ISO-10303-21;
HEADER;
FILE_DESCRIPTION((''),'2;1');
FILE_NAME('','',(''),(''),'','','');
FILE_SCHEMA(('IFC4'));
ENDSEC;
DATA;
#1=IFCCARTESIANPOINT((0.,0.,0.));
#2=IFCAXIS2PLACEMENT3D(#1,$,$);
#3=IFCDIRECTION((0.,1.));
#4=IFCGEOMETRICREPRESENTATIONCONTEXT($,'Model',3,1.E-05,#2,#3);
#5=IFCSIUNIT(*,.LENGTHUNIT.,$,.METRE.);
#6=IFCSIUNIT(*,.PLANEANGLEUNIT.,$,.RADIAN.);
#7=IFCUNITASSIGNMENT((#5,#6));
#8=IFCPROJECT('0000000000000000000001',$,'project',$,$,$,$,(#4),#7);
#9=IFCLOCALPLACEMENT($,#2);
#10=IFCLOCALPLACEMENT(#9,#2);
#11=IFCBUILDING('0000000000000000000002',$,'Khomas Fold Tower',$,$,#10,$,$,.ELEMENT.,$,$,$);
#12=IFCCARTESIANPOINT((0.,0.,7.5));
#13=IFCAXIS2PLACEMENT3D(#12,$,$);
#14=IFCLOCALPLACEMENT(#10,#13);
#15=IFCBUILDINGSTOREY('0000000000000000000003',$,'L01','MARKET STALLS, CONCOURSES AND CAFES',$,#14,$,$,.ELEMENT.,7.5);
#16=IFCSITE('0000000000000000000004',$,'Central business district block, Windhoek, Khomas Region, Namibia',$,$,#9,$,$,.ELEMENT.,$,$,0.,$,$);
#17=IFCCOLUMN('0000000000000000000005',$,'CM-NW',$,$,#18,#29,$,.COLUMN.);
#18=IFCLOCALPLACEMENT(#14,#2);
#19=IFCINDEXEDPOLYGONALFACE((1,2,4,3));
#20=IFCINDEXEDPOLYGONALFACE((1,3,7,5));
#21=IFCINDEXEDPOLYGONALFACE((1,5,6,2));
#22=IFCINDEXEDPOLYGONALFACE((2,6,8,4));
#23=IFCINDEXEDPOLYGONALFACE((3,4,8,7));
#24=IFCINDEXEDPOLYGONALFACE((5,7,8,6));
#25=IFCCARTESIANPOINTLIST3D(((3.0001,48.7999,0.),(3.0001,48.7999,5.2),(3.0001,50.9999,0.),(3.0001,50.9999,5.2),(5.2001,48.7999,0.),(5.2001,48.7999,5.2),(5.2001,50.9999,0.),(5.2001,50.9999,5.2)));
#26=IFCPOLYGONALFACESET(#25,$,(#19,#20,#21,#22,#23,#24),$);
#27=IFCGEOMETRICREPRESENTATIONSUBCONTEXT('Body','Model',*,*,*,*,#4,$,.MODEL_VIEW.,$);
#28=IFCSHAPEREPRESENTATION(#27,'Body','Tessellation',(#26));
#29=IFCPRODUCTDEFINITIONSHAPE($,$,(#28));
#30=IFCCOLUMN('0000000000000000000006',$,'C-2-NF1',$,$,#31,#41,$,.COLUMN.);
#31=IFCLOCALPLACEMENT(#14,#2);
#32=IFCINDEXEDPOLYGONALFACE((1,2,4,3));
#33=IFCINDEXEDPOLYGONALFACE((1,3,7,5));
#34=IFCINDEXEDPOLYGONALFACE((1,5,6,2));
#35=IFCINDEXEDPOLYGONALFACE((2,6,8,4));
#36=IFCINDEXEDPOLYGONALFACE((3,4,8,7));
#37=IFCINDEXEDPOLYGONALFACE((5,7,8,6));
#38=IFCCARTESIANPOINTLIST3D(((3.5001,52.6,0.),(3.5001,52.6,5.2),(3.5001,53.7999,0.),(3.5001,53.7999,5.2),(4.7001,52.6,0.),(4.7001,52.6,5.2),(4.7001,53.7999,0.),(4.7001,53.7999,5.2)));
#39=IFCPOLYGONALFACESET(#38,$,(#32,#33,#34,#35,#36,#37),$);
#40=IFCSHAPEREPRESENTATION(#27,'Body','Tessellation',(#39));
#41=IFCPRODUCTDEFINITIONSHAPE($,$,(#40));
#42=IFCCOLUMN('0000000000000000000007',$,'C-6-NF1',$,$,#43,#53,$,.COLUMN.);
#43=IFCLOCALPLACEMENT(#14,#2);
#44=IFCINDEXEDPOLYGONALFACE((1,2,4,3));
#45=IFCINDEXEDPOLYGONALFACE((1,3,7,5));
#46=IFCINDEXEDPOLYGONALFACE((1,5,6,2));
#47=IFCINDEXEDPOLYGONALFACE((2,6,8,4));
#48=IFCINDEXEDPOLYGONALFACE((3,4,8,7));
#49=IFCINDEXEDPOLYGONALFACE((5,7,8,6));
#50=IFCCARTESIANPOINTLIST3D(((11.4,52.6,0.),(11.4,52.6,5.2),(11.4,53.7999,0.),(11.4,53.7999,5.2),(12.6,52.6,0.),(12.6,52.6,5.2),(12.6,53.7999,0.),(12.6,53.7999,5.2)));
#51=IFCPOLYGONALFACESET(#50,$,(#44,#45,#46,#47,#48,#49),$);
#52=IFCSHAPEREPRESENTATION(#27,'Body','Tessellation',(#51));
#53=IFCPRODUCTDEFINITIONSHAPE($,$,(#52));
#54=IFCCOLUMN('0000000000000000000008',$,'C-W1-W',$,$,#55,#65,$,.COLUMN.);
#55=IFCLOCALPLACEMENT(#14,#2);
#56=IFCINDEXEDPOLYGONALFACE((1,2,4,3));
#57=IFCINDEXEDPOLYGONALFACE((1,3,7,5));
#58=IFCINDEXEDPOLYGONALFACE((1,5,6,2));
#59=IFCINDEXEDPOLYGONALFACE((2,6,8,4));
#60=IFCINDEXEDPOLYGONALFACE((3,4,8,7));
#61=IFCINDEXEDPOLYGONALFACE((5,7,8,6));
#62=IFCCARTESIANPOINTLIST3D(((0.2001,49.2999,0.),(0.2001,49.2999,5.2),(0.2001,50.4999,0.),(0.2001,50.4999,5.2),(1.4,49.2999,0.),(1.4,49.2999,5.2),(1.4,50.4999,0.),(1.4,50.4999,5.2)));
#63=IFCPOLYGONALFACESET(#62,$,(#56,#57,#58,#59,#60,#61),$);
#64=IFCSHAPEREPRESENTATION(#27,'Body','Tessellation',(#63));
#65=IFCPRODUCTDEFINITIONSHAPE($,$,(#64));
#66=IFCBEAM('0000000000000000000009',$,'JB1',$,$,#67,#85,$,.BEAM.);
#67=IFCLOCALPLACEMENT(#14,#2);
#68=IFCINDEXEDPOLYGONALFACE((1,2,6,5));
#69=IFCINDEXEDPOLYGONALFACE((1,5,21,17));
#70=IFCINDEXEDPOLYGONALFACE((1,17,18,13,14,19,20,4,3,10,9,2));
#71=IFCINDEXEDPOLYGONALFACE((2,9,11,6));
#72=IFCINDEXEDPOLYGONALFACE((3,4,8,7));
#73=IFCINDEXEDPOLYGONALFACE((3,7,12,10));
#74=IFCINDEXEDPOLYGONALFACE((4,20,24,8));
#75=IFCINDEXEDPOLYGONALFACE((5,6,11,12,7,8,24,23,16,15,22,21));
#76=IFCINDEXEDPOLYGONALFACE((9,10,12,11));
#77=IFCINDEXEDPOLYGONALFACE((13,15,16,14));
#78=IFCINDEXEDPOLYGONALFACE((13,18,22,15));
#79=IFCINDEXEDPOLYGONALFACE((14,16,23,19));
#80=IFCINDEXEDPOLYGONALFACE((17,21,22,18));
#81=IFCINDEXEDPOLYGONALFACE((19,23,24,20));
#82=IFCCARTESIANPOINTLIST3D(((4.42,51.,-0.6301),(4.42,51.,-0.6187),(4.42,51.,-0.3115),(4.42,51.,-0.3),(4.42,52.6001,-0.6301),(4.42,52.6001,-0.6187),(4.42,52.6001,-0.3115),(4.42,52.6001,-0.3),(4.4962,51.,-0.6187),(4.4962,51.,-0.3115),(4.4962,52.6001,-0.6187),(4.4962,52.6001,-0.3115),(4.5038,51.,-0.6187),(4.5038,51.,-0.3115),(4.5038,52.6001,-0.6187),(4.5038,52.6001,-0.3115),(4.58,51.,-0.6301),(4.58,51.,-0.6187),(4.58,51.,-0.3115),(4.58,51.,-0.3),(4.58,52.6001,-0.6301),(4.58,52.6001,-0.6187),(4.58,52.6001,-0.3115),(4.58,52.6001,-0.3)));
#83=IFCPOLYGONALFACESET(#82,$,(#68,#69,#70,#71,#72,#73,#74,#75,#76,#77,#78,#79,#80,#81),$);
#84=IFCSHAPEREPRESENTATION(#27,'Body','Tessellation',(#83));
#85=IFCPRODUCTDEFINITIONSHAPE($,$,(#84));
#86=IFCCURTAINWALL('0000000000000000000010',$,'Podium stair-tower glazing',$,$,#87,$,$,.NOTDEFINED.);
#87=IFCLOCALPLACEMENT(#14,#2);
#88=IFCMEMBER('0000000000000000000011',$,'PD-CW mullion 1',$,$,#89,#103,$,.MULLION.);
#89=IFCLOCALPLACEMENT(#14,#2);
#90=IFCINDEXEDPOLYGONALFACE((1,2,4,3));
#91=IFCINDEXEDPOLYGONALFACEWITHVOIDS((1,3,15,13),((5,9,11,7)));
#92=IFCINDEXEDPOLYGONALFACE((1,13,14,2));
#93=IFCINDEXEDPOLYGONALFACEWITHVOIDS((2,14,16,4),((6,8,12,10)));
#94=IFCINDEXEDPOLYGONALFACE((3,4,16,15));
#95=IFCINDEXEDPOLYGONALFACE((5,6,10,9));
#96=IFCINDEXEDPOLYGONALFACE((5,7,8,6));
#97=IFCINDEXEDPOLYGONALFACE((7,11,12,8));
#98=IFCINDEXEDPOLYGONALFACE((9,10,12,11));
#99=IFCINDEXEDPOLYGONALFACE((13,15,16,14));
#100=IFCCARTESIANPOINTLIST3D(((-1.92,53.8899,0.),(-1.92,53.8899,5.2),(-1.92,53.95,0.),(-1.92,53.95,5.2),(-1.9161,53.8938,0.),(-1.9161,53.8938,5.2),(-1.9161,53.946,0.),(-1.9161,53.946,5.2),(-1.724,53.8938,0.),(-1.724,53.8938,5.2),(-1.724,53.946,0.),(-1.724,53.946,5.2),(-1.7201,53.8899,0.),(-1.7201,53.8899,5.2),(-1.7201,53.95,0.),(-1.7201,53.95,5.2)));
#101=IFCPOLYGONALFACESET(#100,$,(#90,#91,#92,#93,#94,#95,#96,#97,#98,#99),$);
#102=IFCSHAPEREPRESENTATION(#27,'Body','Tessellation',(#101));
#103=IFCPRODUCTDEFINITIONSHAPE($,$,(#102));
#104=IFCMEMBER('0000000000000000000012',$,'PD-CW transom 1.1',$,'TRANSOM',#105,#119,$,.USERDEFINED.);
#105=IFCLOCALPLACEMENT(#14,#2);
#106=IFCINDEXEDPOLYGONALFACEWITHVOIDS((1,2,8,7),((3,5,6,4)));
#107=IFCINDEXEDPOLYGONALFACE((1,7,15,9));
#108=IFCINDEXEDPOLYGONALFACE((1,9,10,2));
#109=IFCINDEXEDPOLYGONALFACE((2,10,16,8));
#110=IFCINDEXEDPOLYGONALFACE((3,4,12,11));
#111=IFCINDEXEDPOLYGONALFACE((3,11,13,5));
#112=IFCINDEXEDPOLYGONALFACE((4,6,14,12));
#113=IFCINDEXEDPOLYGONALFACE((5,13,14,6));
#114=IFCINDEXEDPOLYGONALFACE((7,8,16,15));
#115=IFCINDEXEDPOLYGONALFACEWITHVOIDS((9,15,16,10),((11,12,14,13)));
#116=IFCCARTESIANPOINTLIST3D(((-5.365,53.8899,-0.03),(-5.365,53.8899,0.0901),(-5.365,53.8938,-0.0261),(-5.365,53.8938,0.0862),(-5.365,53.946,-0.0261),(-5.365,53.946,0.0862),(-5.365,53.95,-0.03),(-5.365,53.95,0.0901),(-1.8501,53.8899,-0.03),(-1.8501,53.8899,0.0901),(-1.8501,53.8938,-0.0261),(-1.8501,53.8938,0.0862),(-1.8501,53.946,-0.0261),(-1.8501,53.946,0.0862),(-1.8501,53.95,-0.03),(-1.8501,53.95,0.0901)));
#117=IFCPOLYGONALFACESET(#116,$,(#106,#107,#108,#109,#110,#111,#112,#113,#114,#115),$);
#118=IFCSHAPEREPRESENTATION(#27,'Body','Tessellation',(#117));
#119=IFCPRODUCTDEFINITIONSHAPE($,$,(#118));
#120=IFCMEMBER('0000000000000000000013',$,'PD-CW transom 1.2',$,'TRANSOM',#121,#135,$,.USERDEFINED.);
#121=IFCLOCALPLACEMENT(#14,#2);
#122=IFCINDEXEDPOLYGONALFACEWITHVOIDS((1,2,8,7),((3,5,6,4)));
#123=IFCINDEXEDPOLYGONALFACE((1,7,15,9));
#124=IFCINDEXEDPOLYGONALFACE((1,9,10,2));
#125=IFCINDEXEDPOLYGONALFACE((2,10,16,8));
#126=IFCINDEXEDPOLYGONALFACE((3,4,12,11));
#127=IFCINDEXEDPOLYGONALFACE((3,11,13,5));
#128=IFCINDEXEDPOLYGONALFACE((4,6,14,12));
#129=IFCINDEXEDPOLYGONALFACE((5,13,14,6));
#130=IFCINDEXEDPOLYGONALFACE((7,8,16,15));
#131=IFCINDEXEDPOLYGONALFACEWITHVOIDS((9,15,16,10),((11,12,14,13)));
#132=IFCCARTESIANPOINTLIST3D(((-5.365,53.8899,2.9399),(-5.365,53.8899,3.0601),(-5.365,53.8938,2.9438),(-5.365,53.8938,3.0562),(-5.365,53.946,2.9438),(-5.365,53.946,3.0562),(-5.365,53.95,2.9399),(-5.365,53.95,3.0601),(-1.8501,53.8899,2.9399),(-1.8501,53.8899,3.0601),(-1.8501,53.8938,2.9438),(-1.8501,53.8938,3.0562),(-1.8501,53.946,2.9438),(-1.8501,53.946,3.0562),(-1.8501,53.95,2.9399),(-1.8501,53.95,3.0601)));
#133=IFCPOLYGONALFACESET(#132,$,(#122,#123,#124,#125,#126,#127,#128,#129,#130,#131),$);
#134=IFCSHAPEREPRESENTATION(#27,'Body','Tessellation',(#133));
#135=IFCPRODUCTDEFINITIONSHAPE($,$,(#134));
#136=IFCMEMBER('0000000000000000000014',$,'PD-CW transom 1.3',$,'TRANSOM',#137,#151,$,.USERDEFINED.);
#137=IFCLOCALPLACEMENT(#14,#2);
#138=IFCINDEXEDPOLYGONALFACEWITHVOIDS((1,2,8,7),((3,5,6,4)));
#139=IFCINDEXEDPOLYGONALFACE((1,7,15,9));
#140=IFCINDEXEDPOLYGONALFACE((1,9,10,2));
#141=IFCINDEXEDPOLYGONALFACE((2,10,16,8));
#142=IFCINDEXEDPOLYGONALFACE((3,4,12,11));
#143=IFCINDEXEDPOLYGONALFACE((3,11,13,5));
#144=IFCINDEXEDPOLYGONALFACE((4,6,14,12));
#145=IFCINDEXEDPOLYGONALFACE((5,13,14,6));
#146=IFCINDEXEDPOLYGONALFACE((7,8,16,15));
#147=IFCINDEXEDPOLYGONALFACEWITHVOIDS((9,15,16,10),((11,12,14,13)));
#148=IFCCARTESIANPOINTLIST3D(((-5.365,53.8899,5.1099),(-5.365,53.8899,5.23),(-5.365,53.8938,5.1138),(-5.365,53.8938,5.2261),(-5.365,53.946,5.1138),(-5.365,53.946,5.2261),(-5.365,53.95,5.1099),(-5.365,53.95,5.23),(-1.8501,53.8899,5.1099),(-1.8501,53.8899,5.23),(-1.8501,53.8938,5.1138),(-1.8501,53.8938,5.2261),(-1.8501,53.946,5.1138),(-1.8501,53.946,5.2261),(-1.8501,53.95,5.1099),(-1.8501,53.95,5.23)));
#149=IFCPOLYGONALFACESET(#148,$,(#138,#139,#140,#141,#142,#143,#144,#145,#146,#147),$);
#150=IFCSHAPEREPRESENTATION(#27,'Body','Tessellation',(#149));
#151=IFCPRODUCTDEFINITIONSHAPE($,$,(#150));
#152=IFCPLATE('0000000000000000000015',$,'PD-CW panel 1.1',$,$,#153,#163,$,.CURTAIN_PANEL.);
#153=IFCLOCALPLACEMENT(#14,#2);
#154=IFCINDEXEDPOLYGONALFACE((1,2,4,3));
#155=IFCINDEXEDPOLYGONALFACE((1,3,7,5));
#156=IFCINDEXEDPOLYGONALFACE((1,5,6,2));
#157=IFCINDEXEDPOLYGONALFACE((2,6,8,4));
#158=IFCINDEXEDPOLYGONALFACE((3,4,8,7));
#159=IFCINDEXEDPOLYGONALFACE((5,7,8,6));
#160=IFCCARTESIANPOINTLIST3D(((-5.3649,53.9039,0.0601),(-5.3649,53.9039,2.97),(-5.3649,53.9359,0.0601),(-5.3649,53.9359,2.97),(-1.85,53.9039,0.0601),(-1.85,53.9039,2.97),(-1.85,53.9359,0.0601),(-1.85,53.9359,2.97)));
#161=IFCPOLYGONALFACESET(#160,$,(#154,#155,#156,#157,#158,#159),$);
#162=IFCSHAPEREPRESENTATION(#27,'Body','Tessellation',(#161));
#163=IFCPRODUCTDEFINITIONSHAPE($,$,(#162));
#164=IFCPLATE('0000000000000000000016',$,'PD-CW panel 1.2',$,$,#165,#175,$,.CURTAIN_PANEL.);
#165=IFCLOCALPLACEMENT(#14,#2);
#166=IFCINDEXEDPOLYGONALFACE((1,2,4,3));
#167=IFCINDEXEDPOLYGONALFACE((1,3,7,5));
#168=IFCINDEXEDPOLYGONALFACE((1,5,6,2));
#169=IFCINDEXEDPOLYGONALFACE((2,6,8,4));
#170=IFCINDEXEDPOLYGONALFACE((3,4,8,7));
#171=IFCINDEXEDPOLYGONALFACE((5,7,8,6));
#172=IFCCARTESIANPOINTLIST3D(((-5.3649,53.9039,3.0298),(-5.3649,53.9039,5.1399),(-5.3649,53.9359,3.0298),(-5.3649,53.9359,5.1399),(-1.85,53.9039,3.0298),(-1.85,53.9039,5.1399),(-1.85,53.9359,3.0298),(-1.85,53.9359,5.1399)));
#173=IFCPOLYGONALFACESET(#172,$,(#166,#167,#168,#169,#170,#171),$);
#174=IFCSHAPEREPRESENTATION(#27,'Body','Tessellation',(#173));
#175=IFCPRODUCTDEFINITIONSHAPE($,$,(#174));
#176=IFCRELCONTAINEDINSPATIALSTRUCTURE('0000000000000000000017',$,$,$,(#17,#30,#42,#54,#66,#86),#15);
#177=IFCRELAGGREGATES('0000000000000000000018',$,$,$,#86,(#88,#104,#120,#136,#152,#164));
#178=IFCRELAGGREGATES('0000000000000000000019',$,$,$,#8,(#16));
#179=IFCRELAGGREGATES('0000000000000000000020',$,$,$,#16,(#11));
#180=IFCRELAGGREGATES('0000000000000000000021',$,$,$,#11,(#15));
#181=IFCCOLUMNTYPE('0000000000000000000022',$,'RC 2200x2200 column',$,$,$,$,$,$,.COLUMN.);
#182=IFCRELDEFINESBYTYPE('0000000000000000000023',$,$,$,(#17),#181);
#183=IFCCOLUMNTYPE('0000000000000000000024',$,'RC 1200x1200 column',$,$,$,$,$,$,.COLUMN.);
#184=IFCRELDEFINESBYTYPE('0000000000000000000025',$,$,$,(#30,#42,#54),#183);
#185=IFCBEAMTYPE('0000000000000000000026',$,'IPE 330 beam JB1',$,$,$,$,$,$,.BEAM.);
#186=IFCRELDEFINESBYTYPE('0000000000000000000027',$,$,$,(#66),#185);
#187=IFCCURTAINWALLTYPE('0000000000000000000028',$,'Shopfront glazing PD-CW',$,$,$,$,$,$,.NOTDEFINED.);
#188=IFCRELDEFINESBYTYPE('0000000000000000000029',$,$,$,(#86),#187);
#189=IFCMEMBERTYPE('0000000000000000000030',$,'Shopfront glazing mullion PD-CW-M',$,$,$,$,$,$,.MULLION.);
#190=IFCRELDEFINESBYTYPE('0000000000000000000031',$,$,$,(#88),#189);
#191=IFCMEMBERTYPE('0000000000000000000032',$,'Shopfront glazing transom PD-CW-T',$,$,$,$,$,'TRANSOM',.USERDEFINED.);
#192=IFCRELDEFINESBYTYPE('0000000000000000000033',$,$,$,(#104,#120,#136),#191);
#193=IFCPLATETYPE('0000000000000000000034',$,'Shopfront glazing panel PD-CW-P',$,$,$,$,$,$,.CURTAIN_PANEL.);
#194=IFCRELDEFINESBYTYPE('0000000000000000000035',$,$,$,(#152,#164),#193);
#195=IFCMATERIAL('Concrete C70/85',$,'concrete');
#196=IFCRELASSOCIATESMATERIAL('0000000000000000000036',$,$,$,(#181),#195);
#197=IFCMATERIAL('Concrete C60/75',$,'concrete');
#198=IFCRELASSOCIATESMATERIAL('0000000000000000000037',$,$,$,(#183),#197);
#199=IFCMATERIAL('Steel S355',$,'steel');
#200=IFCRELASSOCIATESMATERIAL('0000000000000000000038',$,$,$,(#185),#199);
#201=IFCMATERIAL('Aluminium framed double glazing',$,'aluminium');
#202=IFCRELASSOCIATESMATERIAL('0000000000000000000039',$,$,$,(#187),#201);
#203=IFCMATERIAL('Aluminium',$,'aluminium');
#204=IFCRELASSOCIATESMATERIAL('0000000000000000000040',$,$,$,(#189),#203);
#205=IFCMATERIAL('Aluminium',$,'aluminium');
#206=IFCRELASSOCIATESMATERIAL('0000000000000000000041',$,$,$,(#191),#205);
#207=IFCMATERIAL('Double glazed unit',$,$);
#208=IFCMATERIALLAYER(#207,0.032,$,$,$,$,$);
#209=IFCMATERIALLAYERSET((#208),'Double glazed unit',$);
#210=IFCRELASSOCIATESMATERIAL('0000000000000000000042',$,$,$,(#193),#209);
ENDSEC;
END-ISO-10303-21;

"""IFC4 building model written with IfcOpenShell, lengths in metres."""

from ifc_helpers import new_model, si_unit, direction, frame, origin, origin_2d, place, context, subcontext, project, spatial, rectangle, hollow_rectangle, i_section, extrude, source, transform, mapped, material, layer, layer_set, material_profile, profile_set, type_object, element, aggregate, save


model = new_model("IFC4")

# Units and contexts
model_context = context("Model", 3, precision=1e-05, world=origin(), true_north=direction((0.0, 1.0)))
body_context = subcontext(model_context, "Body", "Model", "MODEL_VIEW")
ifc_project = project(units=[si_unit("LENGTHUNIT", "METRE"), si_unit("PLANEANGLEUNIT", "RADIAN")], contexts=[model_context])

# Site, building, storey
site_placement = place(None, origin())
site = spatial("IfcSite", under=ifc_project, at=site_placement, Name="Central business district block, Windhoek, Khomas Region, Namibia", CompositionType="ELEMENT", RefElevation=0.0)
building_placement = place(site_placement, origin())
building = spatial("IfcBuilding", under=site, at=building_placement, Name="Khomas Fold Tower", CompositionType="ELEMENT")
storey_placement = place(building_placement, frame((0.0, 0.0, 7.5)))
storey = spatial("IfcBuildingStorey", under=building, at=storey_placement, Name="L01", Description="MARKET STALLS, CONCOURSES AND CAFES", CompositionType="ELEMENT", Elevation=7.5)

# Columns
ifc_material_1 = material(Name="Concrete C70/85", Category="concrete")
ifc_material_profile_1 = material_profile(ifc_material_1, rectangle(XDim=2.2, YDim=2.2, at=origin_2d()), Name="RC 2200x2200")
ifc_profile_set_1 = profile_set([ifc_material_profile_1], Name="Concrete C70/85")
column_type_1 = type_object("IfcColumnType", Name="RC 2200x2200 column", PredefinedType="COLUMN", material=ifc_profile_set_1)
shared_shape_1 = source(origin(), body_context, "Body", "SweptSolid", [
    extrude(rectangle(XDim=2.2, YDim=2.2, at=origin_2d()), origin(), (0.0, 0.0, 1.0), 5.2),
])
column_placement = place(storey_placement, frame((4.1001, 49.8999, 0.0), z_axis=(0.0, 0.0, 1.0), x_axis=(1.0, 0.0, 0.0)))
element("IfcColumn", 1, at=column_placement, inside=storey, type_object=column_type_1, Name="CM-NW", PredefinedType="COLUMN", context=body_context, shape_type="MappedRepresentation", body=[
    mapped(shared_shape_1, transform((0.0, 0.0, 0.0))),
])
ifc_material_2 = material(Name="Concrete C60/75", Category="concrete")
ifc_material_profile_2 = material_profile(ifc_material_2, rectangle(XDim=1.2, YDim=1.2, at=origin_2d()), Name="RC 1200x1200")
ifc_profile_set_2 = profile_set([ifc_material_profile_2], Name="Concrete C60/75")
column_type_2 = type_object("IfcColumnType", Name="RC 1200x1200 column", PredefinedType="COLUMN", material=ifc_profile_set_2)
shared_shape_2 = source(origin(), body_context, "Body", "SweptSolid", [
    extrude(rectangle(XDim=1.2, YDim=1.2, at=origin_2d()), origin(), (0.0, 0.0, 1.0), 5.2),
])
for number, where, z_axis, x_axis, name in (
    (2, (4.1001, 53.2, 0.0), (0.0, 0.0, 1.0), (1.0, 0.0, 0.0), "C-2-NF1"),
    (3, (12.0, 53.2, 0.0), (0.0, 0.0, 1.0), (1.0, 0.0, 0.0), "C-6-NF1"),
    (4, (0.8, 49.8999, 0.0), (0.0, 0.0, 1.0), (1.0, 0.0, 0.0), "C-W1-W"),
):
    element("IfcColumn", number, at=place(storey_placement, frame(where, z_axis=z_axis, x_axis=x_axis)), inside=storey, type_object=column_type_2, Name=name, PredefinedType="COLUMN", context=body_context, shape_type="MappedRepresentation", body=[
        mapped(shared_shape_2, transform((0.0, 0.0, 0.0))),
    ])

# Beam
ifc_material_3 = material(Name="Steel S355", Category="steel")
ifc_material_profile_3 = material_profile(ifc_material_3, i_section(OverallWidth=0.1599, OverallDepth=0.3301, WebThickness=0.0076, FlangeThickness=0.0115, at=origin_2d()), Name="IPE 330")
ifc_profile_set_3 = profile_set([ifc_material_profile_3], Name="Steel S355")
beam_type = type_object("IfcBeamType", Name="IPE 330 beam JB1", PredefinedType="BEAM", material=ifc_profile_set_3)
shared_shape_3 = source(origin(), body_context, "Body", "SweptSolid", [
    extrude(i_section(OverallWidth=0.1599, OverallDepth=0.3301, WebThickness=0.0076, FlangeThickness=0.0115, at=origin_2d()), origin(), (0.0, 0.0, 1.0), 1.6001),
])
beam_placement = place(storey_placement, frame((4.5, 51.0, -0.4651), z_axis=(0.0, 1.0, 0.0), x_axis=(-1.0, 0.0, 0.0)))
element("IfcBeam", 5, at=beam_placement, inside=storey, type_object=beam_type, Name="JB1", PredefinedType="BEAM", context=body_context, shape_type="MappedRepresentation", body=[
    mapped(shared_shape_3, transform((0.0, 0.0, 0.0))),
])

# Curtain wall, members, plates
ifc_material_4 = material(Name="Aluminium framed double glazing", Category="aluminium")
curtain_wall_type = type_object("IfcCurtainWallType", Name="Shopfront glazing PD-CW", PredefinedType="NOTDEFINED", material=ifc_material_4)
curtain_wall_placement = place(storey_placement, origin())
curtain_wall = element("IfcCurtainWall", 6, at=curtain_wall_placement, inside=storey, type_object=curtain_wall_type, Name="Podium stair-tower glazing", PredefinedType="NOTDEFINED")
ifc_material_5 = material(Name="Aluminium", Category="aluminium")
ifc_material_profile_4 = material_profile(ifc_material_5, hollow_rectangle(XDim=0.0601, YDim=0.2, WallThickness=0.0039, at=origin_2d()), Name="Shopfront glazing mullion PD-CW-M")
ifc_profile_set_4 = profile_set([ifc_material_profile_4], Name="Aluminium")
member_type_1 = type_object("IfcMemberType", Name="Shopfront glazing mullion PD-CW-M", PredefinedType="MULLION", material=ifc_profile_set_4)
shared_shape_4 = source(origin(), body_context, "Body", "SweptSolid", [
    extrude(hollow_rectangle(XDim=0.0601, YDim=0.2, WallThickness=0.0039, at=origin_2d()), origin(), (0.0, 0.0, 1.0), 5.2),
])
member_1_placement = place(storey_placement, frame((-1.8201, 53.9199, 0.0), z_axis=(0.0, 0.0, 1.0), x_axis=(0.0, -1.0, 0.0)))
member_1 = element("IfcMember", 7, at=member_1_placement, type_object=member_type_1, Name="PD-CW mullion 1", PredefinedType="MULLION", context=body_context, shape_type="MappedRepresentation", body=[
    mapped(shared_shape_4, transform((0.0, 0.0, 0.0))),
])
ifc_material_6 = material(Name="Aluminium", Category="aluminium")
ifc_material_profile_5 = material_profile(ifc_material_6, hollow_rectangle(XDim=0.0601, YDim=0.1201, WallThickness=0.0039, at=origin_2d()), Name="Shopfront glazing transom PD-CW-T")
ifc_profile_set_5 = profile_set([ifc_material_profile_5], Name="Aluminium")
member_type_2 = type_object("IfcMemberType", Name="Shopfront glazing transom PD-CW-T", ElementType="TRANSOM", PredefinedType="USERDEFINED", material=ifc_profile_set_5)
shared_shape_5 = source(origin(), body_context, "Body", "SweptSolid", [
    extrude(hollow_rectangle(XDim=0.0601, YDim=0.1201, WallThickness=0.0039, at=origin_2d()), origin(), (0.0, 0.0, 1.0), 3.5149),
])
member_2_placement = place(storey_placement, frame((-1.8501, 53.9199, 0.03), z_axis=(-1.0, 0.0, 0.0), x_axis=(0.0, -1.0, 0.0)))
member_2 = element("IfcMember", 8, at=member_2_placement, type_object=member_type_2, Name="PD-CW transom 1.1", ObjectType="TRANSOM", PredefinedType="USERDEFINED", context=body_context, shape_type="MappedRepresentation", body=[
    mapped(shared_shape_5, transform((0.0, 0.0, 0.0))),
])
member_3_placement = place(storey_placement, frame((-1.8501, 53.9199, 3.0), z_axis=(-1.0, 0.0, 0.0), x_axis=(0.0, -1.0, 0.0)))
member_3 = element("IfcMember", 9, at=member_3_placement, type_object=member_type_2, Name="PD-CW transom 1.2", ObjectType="TRANSOM", PredefinedType="USERDEFINED", context=body_context, shape_type="MappedRepresentation", body=[
    mapped(shared_shape_5, transform((0.0, 0.0, 0.0))),
])
member_4_placement = place(storey_placement, frame((-1.8501, 53.9199, 5.1699), z_axis=(-1.0, 0.0, 0.0), x_axis=(0.0, -1.0, 0.0)))
member_4 = element("IfcMember", 10, at=member_4_placement, type_object=member_type_2, Name="PD-CW transom 1.3", ObjectType="TRANSOM", PredefinedType="USERDEFINED", context=body_context, shape_type="MappedRepresentation", body=[
    mapped(shared_shape_5, transform((0.0, 0.0, 0.0))),
])
ifc_material_7 = material(Name="Double glazed unit")
ifc_layer_1 = layer(ifc_material_7, 0.032)
ifc_layer_set_1 = layer_set([ifc_layer_1], Name="Double glazed unit")
plate_type = type_object("IfcPlateType", Name="Shopfront glazing panel PD-CW-P", PredefinedType="CURTAIN_PANEL", material=ifc_layer_set_1)
shared_shape_6 = source(origin(), body_context, "Body", "SweptSolid", [
    extrude(rectangle(XDim=3.5149, YDim=0.032, at=origin_2d()), origin(), (0.0, 0.0, 1.0), 2.9099),
])
plate_1_placement = place(storey_placement, frame((-3.6074, 53.9199, 0.0601), z_axis=(0.0, 0.0, 1.0), x_axis=(-1.0, 0.0, 0.0)))
plate_1 = element("IfcPlate", 11, at=plate_1_placement, type_object=plate_type, Name="PD-CW panel 1.1", PredefinedType="CURTAIN_PANEL", context=body_context, shape_type="MappedRepresentation", body=[
    mapped(shared_shape_6, transform((0.0, 0.0, 0.0))),
])
shared_shape_7 = source(origin(), body_context, "Body", "SweptSolid", [
    extrude(rectangle(XDim=3.5149, YDim=0.032, at=origin_2d()), origin(), (0.0, 0.0, 1.0), 2.1101),
])
plate_2_placement = place(storey_placement, frame((-3.6074, 53.9199, 3.0298), z_axis=(0.0, 0.0, 1.0), x_axis=(-1.0, 0.0, 0.0)))
plate_2 = element("IfcPlate", 12, at=plate_2_placement, type_object=plate_type, Name="PD-CW panel 1.2", PredefinedType="CURTAIN_PANEL", context=body_context, shape_type="MappedRepresentation", body=[
    mapped(shared_shape_7, transform((0.0, 0.0, 0.0))),
])
aggregate(curtain_wall, [member_1, member_2, member_3, member_4, plate_1, plate_2])

save(model, "model.ifc")
